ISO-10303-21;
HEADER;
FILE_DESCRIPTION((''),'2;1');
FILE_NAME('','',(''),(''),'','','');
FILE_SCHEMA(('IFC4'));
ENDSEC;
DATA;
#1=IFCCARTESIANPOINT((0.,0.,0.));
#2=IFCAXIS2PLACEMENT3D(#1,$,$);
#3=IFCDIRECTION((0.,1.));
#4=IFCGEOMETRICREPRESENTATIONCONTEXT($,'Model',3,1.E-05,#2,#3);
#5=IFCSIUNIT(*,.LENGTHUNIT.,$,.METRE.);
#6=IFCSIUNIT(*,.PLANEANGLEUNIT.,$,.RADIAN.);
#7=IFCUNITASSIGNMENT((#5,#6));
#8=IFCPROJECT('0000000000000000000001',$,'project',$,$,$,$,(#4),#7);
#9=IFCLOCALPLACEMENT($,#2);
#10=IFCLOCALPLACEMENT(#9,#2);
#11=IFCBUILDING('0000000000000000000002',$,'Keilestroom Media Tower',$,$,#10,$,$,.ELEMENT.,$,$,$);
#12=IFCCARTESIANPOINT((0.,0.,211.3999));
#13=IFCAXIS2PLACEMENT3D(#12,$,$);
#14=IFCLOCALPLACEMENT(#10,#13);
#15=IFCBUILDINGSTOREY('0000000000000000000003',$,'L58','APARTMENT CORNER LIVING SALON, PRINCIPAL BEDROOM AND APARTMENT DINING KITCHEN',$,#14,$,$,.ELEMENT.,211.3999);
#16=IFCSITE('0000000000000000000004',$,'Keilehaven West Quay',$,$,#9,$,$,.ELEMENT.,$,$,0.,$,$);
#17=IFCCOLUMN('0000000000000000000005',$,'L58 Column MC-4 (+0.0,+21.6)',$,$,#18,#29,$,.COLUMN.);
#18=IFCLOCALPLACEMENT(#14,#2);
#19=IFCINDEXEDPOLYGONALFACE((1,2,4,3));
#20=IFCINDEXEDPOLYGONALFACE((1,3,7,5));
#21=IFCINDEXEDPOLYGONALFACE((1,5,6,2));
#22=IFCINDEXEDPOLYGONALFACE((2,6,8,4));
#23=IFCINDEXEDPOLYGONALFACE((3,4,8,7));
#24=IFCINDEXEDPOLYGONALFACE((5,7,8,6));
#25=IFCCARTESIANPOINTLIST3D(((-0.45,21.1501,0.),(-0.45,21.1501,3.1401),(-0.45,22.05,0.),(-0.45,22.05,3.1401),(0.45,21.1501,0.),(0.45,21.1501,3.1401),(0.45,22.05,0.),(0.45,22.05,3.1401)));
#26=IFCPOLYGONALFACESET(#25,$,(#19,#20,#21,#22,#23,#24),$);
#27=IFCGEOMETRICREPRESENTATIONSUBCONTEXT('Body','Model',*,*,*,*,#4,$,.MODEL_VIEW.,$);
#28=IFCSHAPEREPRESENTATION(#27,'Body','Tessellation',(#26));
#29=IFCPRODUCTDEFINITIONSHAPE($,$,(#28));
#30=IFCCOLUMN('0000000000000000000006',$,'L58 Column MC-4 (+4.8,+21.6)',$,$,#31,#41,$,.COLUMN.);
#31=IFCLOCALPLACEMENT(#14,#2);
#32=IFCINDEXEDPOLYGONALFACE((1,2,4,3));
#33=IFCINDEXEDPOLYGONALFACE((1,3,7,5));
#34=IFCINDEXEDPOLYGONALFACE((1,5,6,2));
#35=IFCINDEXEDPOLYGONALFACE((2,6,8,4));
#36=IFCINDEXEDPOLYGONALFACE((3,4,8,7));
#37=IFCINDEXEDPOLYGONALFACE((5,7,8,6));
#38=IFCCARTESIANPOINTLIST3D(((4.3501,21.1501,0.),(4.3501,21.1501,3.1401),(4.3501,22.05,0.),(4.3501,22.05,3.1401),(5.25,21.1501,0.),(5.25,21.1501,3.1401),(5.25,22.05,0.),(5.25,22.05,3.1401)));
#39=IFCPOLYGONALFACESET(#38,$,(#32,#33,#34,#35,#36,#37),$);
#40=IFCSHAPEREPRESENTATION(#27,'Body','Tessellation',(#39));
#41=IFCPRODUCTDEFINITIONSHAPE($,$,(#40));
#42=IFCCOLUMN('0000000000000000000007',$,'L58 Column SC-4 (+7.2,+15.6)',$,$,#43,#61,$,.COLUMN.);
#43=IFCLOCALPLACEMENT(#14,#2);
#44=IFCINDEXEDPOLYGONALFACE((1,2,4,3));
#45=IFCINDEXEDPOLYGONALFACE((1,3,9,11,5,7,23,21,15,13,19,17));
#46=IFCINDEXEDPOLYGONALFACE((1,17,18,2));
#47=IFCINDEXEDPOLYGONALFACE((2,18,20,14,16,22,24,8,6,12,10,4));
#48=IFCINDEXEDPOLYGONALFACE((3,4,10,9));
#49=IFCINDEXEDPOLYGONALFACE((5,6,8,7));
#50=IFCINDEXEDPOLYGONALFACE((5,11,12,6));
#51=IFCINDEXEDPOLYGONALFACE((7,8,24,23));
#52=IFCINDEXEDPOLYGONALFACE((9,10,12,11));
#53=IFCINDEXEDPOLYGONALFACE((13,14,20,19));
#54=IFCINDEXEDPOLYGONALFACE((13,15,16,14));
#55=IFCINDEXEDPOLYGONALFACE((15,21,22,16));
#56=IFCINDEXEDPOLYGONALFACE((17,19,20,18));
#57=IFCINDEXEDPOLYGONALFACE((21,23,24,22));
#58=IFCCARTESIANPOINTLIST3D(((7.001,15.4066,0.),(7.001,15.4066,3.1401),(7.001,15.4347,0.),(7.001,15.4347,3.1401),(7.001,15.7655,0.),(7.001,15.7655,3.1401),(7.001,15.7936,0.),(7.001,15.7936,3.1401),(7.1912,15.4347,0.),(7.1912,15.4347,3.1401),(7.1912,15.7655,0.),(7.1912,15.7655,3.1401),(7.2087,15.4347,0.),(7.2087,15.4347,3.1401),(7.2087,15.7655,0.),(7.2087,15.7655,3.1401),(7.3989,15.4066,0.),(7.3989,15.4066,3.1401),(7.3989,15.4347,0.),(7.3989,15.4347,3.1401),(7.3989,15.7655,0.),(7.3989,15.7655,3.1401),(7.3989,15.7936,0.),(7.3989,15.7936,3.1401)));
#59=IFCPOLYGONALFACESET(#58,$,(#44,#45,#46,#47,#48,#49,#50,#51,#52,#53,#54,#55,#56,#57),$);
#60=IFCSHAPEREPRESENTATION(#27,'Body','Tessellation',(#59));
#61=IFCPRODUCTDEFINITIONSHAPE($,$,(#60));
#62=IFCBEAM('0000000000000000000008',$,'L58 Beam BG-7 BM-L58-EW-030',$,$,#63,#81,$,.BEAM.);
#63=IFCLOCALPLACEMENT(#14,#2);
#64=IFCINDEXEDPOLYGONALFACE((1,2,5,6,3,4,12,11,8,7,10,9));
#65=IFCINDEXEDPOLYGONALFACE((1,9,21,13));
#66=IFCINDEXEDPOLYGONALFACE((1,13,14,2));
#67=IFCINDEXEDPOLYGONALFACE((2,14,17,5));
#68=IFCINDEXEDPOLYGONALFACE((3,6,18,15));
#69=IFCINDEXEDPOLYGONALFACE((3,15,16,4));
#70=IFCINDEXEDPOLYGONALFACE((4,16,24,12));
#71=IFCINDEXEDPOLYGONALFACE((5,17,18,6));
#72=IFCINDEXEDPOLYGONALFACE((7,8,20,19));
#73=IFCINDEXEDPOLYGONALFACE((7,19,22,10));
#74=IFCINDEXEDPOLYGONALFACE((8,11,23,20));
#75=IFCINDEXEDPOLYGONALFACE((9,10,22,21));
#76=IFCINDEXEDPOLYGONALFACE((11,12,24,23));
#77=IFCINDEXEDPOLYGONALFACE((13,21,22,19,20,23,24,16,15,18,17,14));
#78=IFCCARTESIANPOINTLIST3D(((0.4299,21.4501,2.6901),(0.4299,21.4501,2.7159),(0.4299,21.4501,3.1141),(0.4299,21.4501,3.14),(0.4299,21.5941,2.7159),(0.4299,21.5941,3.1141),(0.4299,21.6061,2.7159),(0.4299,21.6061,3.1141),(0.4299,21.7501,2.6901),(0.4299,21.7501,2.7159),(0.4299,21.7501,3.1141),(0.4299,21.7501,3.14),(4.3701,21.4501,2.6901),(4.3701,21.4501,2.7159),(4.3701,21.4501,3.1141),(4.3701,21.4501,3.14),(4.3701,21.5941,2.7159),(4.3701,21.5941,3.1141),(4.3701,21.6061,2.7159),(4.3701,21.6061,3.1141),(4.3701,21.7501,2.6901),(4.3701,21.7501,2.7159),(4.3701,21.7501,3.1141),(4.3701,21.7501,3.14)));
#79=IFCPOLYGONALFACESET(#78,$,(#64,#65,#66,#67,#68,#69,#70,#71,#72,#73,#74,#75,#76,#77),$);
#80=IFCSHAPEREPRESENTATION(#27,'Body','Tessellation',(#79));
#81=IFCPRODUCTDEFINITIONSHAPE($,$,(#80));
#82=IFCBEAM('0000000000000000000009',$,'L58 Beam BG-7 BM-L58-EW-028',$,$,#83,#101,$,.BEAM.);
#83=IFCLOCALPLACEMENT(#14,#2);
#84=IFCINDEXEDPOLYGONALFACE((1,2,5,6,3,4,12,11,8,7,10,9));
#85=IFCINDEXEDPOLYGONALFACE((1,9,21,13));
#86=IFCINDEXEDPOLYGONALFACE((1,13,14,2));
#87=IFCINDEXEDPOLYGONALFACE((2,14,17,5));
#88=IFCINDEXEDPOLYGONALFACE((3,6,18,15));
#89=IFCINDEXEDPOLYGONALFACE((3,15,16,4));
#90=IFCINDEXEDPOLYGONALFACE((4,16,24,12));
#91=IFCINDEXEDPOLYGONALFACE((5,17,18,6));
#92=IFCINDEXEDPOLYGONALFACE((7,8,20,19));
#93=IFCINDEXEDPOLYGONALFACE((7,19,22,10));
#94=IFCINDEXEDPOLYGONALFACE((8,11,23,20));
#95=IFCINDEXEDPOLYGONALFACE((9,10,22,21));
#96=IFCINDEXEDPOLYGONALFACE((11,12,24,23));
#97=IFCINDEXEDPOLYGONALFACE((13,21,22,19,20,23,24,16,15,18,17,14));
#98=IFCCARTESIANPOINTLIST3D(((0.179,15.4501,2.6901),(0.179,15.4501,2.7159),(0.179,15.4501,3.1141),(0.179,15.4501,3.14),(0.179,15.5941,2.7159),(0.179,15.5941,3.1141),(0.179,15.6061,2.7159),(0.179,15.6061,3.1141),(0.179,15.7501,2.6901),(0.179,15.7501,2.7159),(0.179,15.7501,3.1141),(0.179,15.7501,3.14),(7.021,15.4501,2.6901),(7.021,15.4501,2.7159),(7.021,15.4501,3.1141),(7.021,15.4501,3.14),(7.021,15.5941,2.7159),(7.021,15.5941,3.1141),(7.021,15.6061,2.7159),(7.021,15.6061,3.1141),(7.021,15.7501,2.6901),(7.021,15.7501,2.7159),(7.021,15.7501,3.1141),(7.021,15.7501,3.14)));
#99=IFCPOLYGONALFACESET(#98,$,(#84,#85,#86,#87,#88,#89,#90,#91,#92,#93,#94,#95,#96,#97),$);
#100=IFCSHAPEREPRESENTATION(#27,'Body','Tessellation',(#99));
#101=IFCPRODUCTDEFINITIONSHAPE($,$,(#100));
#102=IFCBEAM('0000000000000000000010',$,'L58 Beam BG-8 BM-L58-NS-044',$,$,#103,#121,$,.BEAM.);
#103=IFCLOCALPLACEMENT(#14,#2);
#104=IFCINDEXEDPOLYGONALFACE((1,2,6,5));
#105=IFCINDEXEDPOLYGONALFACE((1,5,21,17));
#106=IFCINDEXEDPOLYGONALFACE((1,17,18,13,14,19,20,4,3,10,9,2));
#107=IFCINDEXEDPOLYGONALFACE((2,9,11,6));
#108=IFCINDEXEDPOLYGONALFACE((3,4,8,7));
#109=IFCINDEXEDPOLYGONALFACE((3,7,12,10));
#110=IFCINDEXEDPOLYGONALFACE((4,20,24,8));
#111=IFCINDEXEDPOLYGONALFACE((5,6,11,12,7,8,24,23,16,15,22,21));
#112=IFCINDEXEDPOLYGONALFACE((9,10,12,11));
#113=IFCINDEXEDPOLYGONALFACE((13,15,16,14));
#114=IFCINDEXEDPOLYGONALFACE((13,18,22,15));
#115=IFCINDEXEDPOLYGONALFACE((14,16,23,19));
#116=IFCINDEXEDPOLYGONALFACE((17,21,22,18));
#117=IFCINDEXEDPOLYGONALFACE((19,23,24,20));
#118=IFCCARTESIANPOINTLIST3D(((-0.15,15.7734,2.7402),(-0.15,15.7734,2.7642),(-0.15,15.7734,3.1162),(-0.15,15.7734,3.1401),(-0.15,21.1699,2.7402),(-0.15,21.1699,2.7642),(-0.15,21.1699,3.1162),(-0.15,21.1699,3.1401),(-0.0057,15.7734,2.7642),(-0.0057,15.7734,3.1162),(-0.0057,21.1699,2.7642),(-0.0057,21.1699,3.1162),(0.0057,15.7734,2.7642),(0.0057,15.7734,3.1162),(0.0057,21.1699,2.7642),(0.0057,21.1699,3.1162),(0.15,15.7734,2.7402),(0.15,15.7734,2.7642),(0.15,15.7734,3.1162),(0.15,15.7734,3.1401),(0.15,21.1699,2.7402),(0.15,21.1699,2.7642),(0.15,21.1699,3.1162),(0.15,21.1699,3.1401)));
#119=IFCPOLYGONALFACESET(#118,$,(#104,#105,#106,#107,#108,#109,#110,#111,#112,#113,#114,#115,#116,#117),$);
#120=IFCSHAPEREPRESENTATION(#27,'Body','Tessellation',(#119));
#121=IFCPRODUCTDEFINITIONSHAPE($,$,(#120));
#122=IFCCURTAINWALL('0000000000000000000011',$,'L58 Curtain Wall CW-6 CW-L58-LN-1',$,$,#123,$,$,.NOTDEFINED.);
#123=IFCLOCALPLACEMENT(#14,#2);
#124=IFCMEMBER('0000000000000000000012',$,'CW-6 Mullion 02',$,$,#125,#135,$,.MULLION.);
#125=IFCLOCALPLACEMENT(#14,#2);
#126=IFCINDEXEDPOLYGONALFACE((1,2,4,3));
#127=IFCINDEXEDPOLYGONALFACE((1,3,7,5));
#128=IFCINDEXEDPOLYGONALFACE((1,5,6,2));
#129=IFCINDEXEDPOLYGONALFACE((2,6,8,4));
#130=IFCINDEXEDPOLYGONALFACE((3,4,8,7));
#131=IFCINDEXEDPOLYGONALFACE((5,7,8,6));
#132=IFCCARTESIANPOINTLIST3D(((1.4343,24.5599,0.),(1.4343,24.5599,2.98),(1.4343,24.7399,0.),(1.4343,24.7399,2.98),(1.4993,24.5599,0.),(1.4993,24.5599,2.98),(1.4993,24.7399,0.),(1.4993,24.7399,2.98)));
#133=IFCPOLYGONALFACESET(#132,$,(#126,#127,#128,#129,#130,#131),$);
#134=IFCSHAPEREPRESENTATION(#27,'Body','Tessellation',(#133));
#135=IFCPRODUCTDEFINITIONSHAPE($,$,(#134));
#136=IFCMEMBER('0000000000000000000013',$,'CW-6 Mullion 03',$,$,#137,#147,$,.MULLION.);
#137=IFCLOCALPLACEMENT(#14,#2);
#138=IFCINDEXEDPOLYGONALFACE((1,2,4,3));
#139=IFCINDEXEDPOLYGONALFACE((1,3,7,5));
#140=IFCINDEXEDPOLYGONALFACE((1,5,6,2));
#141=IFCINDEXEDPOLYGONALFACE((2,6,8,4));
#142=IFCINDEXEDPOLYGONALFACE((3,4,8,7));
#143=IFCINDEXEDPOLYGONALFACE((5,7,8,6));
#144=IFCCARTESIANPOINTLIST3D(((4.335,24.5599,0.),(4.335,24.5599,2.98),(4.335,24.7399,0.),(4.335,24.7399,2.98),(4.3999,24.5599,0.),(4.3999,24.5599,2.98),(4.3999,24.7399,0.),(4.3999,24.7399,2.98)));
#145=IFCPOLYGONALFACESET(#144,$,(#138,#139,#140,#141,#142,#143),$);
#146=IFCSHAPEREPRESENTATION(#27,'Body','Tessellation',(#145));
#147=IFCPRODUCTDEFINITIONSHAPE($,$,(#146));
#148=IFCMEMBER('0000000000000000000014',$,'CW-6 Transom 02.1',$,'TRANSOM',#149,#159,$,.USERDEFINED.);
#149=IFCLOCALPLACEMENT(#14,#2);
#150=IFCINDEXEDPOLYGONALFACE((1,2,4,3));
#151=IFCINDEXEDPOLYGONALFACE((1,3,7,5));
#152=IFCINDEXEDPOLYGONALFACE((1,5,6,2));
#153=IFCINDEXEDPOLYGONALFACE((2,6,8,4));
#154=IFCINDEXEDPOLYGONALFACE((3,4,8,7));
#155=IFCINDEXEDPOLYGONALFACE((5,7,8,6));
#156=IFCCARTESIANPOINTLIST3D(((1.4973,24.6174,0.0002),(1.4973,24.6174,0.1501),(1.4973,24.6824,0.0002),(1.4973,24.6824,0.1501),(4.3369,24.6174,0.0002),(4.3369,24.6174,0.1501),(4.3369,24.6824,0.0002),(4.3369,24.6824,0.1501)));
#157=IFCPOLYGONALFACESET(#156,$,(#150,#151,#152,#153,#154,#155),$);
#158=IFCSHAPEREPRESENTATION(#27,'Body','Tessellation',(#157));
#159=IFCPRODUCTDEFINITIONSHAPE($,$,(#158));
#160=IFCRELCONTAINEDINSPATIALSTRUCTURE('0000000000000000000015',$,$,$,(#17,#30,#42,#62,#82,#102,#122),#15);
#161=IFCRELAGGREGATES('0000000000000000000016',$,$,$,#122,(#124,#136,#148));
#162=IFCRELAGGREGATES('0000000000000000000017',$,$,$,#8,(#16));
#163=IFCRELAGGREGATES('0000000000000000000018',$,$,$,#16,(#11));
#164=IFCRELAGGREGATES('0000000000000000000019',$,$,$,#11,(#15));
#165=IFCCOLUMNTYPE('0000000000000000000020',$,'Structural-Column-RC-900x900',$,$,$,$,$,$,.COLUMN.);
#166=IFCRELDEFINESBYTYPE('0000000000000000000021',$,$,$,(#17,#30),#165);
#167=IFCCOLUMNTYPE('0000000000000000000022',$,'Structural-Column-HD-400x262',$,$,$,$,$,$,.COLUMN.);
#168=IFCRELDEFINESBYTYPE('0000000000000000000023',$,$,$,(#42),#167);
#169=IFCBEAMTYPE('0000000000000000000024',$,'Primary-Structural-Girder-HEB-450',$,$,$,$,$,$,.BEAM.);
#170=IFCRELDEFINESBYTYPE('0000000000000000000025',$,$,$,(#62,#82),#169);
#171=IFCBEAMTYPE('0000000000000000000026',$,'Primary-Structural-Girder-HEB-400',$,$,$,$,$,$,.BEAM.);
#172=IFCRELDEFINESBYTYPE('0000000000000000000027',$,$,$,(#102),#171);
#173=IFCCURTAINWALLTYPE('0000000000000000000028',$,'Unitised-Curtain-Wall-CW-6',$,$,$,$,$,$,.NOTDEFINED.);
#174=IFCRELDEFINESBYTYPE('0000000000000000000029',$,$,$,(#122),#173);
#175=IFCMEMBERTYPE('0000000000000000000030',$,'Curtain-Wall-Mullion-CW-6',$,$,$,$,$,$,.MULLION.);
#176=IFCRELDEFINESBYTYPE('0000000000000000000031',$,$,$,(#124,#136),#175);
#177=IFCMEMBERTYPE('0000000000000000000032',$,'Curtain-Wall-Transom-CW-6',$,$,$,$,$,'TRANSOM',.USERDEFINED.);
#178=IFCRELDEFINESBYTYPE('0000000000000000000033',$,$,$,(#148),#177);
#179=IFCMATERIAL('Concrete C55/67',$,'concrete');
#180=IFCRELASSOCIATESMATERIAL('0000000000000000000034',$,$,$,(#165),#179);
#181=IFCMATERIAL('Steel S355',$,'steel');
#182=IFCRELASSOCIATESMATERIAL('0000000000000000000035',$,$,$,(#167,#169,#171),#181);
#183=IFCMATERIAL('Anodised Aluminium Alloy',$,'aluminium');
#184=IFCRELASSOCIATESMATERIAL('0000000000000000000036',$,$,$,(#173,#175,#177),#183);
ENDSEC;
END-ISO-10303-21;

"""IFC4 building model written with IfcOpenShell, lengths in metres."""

from ifc_helpers import new_model, si_unit, direction, frame, origin, origin_2d, place, context, subcontext, project, spatial, rectangle, i_section, extrude, source, transform, mapped, material, material_profile, profile_set, type_object, element, aggregate, save


model = new_model("IFC4")

# Units and contexts
model_context = context("Model", 3, precision=1e-05, world=origin(), true_north=direction((0.0, 1.0)))
body_context = subcontext(model_context, "Body", "Model", "MODEL_VIEW")
ifc_project = project(units=[si_unit("LENGTHUNIT", "METRE"), si_unit("PLANEANGLEUNIT", "RADIAN")], contexts=[model_context])

# Site, building, storey
site_placement = place(None, origin())
site = spatial("IfcSite", under=ifc_project, at=site_placement, Name="Keilehaven West Quay", CompositionType="ELEMENT", RefElevation=0.0)
building_placement = place(site_placement, origin())
building = spatial("IfcBuilding", under=site, at=building_placement, Name="Keilestroom Media Tower", CompositionType="ELEMENT")
storey_placement = place(building_placement, frame((0.0, 0.0, 211.3999)))
storey = spatial("IfcBuildingStorey", under=building, at=storey_placement, Name="L58", Description="APARTMENT CORNER LIVING SALON, PRINCIPAL BEDROOM AND APARTMENT DINING KITCHEN", CompositionType="ELEMENT", Elevation=211.3999)

# Columns
ifc_material_1 = material(Name="Concrete C55/67", Category="concrete")
ifc_material_profile_1 = material_profile(ifc_material_1, rectangle(XDim=0.8999, YDim=0.8999, at=origin_2d()), Name="RC 900x900")
ifc_profile_set_1 = profile_set([ifc_material_profile_1], Name="Concrete C55/67")
column_type_1 = type_object("IfcColumnType", Name="Structural-Column-RC-900x900", PredefinedType="COLUMN", material=ifc_profile_set_1)
shared_shape_1 = source(origin(), body_context, "Body", "SweptSolid", [
    extrude(rectangle(XDim=0.8999, YDim=0.8999, at=origin_2d()), origin(), (0.0, 0.0, 1.0), 3.1401),
])
for number, where, z_axis, x_axis, name in (
    (1, (0.0, 21.6001, 0.0), (0.0, 0.0, 1.0), (1.0, 0.0, 0.0), "L58 Column MC-4 (+0.0,+21.6)"),
    (2, (4.8, 21.6001, 0.0), (0.0, 0.0, 1.0), (1.0, 0.0, 0.0), "L58 Column MC-4 (+4.8,+21.6)"),
):
    element("IfcColumn", number, at=place(storey_placement, frame(where, z_axis=z_axis, x_axis=x_axis)), inside=storey, type_object=column_type_1, Name=name, PredefinedType="COLUMN", context=body_context, shape_type="MappedRepresentation", body=[
        mapped(shared_shape_1, transform((0.0, 0.0, 0.0), x_axis=(1.0, 0.0, 0.0), y_axis=(0.0, 1.0, 0.0), z_axis=(0.0, 0.0, 1.0), scale=1.0)),
    ])
ifc_material_2 = material(Name="Steel S355", Category="steel")
ifc_material_profile_2 = material_profile(ifc_material_2, i_section(OverallWidth=0.3979, OverallDepth=0.387, WebThickness=0.0176, FlangeThickness=0.0281, at=origin_2d()), Name="HD 400x262")
ifc_profile_set_2 = profile_set([ifc_material_profile_2], Name="Steel S355")
column_type_2 = type_object("IfcColumnType", Name="Structural-Column-HD-400x262", PredefinedType="COLUMN", material=ifc_profile_set_2)
shared_shape_2 = source(origin(), body_context, "Body", "SweptSolid", [
    extrude(i_section(OverallWidth=0.3979, OverallDepth=0.387, WebThickness=0.0176, FlangeThickness=0.0281, at=origin_2d()), origin(), (0.0, 0.0, 1.0), 3.1401),
])
column_placement = place(storey_placement, frame((7.2, 15.6001, 0.0), z_axis=(0.0, 0.0, 1.0), x_axis=(1.0, 0.0, 0.0)))
element("IfcColumn", 3, at=column_placement, inside=storey, type_object=column_type_2, Name="L58 Column SC-4 (+7.2,+15.6)", PredefinedType="COLUMN", context=body_context, shape_type="MappedRepresentation", body=[
    mapped(shared_shape_2, transform((0.0, 0.0, 0.0), x_axis=(1.0, 0.0, 0.0), y_axis=(0.0, 1.0, 0.0), z_axis=(0.0, 0.0, 1.0), scale=1.0)),
])

# Beams
ifc_material_profile_3 = material_profile(ifc_material_2, i_section(OverallWidth=0.3, OverallDepth=0.45, WebThickness=0.012, FlangeThickness=0.0259, at=origin_2d()), Name="HEB 450")
ifc_profile_set_3 = profile_set([ifc_material_profile_3], Name="Steel S355")
beam_type_1 = type_object("IfcBeamType", Name="Primary-Structural-Girder-HEB-450", PredefinedType="BEAM", material=ifc_profile_set_3)
shared_shape_3 = source(origin(), body_context, "Body", "SweptSolid", [
    extrude(i_section(OverallWidth=0.3, OverallDepth=0.45, WebThickness=0.012, FlangeThickness=0.0259, at=origin_2d()), origin(), (0.0, 0.0, 1.0), 3.9402),
])
beam_1_placement = place(storey_placement, frame((0.4299, 21.6001, 2.915), z_axis=(1.0, 0.0, 0.0), x_axis=(0.0, 1.0, 0.0)))
element("IfcBeam", 4, at=beam_1_placement, inside=storey, type_object=beam_type_1, Name="L58 Beam BG-7 BM-L58-EW-030", PredefinedType="BEAM", context=body_context, shape_type="MappedRepresentation", body=[
    mapped(shared_shape_3, transform((0.0, 0.0, 0.0), x_axis=(1.0, 0.0, 0.0), y_axis=(0.0, 1.0, 0.0), z_axis=(0.0, 0.0, 1.0), scale=1.0)),
])
shared_shape_4 = source(origin(), body_context, "Body", "SweptSolid", [
    extrude(i_section(OverallWidth=0.3, OverallDepth=0.45, WebThickness=0.012, FlangeThickness=0.0259, at=origin_2d()), origin(), (0.0, 0.0, 1.0), 6.842),
])
beam_2_placement = place(storey_placement, frame((0.179, 15.6001, 2.915), z_axis=(1.0, 0.0, 0.0), x_axis=(0.0, 1.0, 0.0)))
element("IfcBeam", 5, at=beam_2_placement, inside=storey, type_object=beam_type_1, Name="L58 Beam BG-7 BM-L58-EW-028", PredefinedType="BEAM", context=body_context, shape_type="MappedRepresentation", body=[
    mapped(shared_shape_4, transform((0.0, 0.0, 0.0), x_axis=(1.0, 0.0, 0.0), y_axis=(0.0, 1.0, 0.0), z_axis=(0.0, 0.0, 1.0), scale=1.0)),
])
ifc_material_profile_4 = material_profile(ifc_material_2, i_section(OverallWidth=0.3, OverallDepth=0.3999, WebThickness=0.0115, FlangeThickness=0.0239, at=origin_2d()), Name="HEB 400")
ifc_profile_set_4 = profile_set([ifc_material_profile_4], Name="Steel S355")
beam_type_2 = type_object("IfcBeamType", Name="Primary-Structural-Girder-HEB-400", PredefinedType="BEAM", material=ifc_profile_set_4)
shared_shape_5 = source(origin(), body_context, "Body", "SweptSolid", [
    extrude(i_section(OverallWidth=0.3, OverallDepth=0.3999, WebThickness=0.0115, FlangeThickness=0.0239, at=origin_2d()), origin(), (0.0, 0.0, 1.0), 5.3965),
])
beam_3_placement = place(storey_placement, frame((0.0, 15.7734, 2.9402), z_axis=(0.0, 1.0, 0.0), x_axis=(-1.0, 0.0, 0.0)))
element("IfcBeam", 6, at=beam_3_placement, inside=storey, type_object=beam_type_2, Name="L58 Beam BG-8 BM-L58-NS-044", PredefinedType="BEAM", context=body_context, shape_type="MappedRepresentation", body=[
    mapped(shared_shape_5, transform((0.0, 0.0, 0.0), x_axis=(1.0, 0.0, 0.0), y_axis=(0.0, 1.0, 0.0), z_axis=(0.0, 0.0, 1.0), scale=1.0)),
])

# Curtain wall, members
ifc_material_3 = material(Name="Anodised Aluminium Alloy", Category="aluminium")
curtain_wall_type = type_object("IfcCurtainWallType", Name="Unitised-Curtain-Wall-CW-6", PredefinedType="NOTDEFINED", material=ifc_material_3)
curtain_wall_placement = place(storey_placement, origin())
curtain_wall = element("IfcCurtainWall", 7, at=curtain_wall_placement, inside=storey, type_object=curtain_wall_type, Name="L58 Curtain Wall CW-6 CW-L58-LN-1", PredefinedType="NOTDEFINED")
ifc_material_profile_5 = material_profile(ifc_material_3, rectangle(XDim=0.0649, YDim=0.1799, at=origin_2d()), Name="ALU MULLION 65x180")
ifc_profile_set_5 = profile_set([ifc_material_profile_5], Name="Anodised Aluminium Alloy")
member_type_1 = type_object("IfcMemberType", Name="Curtain-Wall-Mullion-CW-6", PredefinedType="MULLION", material=ifc_profile_set_5)
shared_shape_6 = source(origin(), body_context, "Body", "SweptSolid", [
    extrude(rectangle(XDim=0.0649, YDim=0.1799, at=origin_2d()), origin(), (0.0, 0.0, 1.0), 2.98),
])
member_1_placement = place(storey_placement, frame((1.4668, 24.6499, 0.0), z_axis=(0.0, 0.0, 1.0), x_axis=(1.0, 0.0, 0.0)))
member_1 = element("IfcMember", 8, at=member_1_placement, type_object=member_type_1, Name="CW-6 Mullion 02", PredefinedType="MULLION", context=body_context, shape_type="MappedRepresentation", body=[
    mapped(shared_shape_6, transform((0.0, 0.0, 0.0), x_axis=(1.0, 0.0, 0.0), y_axis=(0.0, 1.0, 0.0), z_axis=(0.0, 0.0, 1.0), scale=1.0)),
])
member_2_placement = place(storey_placement, frame((4.3674, 24.6499, 0.0), z_axis=(0.0, 0.0, 1.0), x_axis=(1.0, 0.0, 0.0)))
member_2 = element("IfcMember", 9, at=member_2_placement, type_object=member_type_1, Name="CW-6 Mullion 03", PredefinedType="MULLION", context=body_context, shape_type="MappedRepresentation", body=[
    mapped(shared_shape_6, transform((0.0, 0.0, 0.0), x_axis=(1.0, 0.0, 0.0), y_axis=(0.0, 1.0, 0.0), z_axis=(0.0, 0.0, 1.0), scale=1.0)),
])
ifc_material_profile_6 = material_profile(ifc_material_3, rectangle(XDim=0.0649, YDim=0.1499, at=origin_2d()), Name="ALU TRANSOM 65x150")
ifc_profile_set_6 = profile_set([ifc_material_profile_6], Name="Anodised Aluminium Alloy")
member_type_2 = type_object("IfcMemberType", Name="Curtain-Wall-Transom-CW-6", ElementType="TRANSOM", PredefinedType="USERDEFINED", material=ifc_profile_set_6)
shared_shape_7 = source(origin(), body_context, "Body", "SweptSolid", [
    extrude(rectangle(XDim=0.0649, YDim=0.1499, at=origin_2d()), origin(), (0.0, 0.0, 1.0), 2.8396),
])
member_3_placement = place(storey_placement, frame((1.4973, 24.6499, 0.0752), z_axis=(1.0, 0.0, 0.0), x_axis=(0.0, 1.0, 0.0)))
member_3 = element("IfcMember", 10, at=member_3_placement, type_object=member_type_2, Name="CW-6 Transom 02.1", ObjectType="TRANSOM", PredefinedType="USERDEFINED", context=body_context, shape_type="MappedRepresentation", body=[
    mapped(shared_shape_7, transform((0.0, 0.0, 0.0), x_axis=(1.0, 0.0, 0.0), y_axis=(0.0, 1.0, 0.0), z_axis=(0.0, 0.0, 1.0), scale=1.0)),
])
aggregate(curtain_wall, [member_1, member_2, member_3])

save(model, "model.ifc")
